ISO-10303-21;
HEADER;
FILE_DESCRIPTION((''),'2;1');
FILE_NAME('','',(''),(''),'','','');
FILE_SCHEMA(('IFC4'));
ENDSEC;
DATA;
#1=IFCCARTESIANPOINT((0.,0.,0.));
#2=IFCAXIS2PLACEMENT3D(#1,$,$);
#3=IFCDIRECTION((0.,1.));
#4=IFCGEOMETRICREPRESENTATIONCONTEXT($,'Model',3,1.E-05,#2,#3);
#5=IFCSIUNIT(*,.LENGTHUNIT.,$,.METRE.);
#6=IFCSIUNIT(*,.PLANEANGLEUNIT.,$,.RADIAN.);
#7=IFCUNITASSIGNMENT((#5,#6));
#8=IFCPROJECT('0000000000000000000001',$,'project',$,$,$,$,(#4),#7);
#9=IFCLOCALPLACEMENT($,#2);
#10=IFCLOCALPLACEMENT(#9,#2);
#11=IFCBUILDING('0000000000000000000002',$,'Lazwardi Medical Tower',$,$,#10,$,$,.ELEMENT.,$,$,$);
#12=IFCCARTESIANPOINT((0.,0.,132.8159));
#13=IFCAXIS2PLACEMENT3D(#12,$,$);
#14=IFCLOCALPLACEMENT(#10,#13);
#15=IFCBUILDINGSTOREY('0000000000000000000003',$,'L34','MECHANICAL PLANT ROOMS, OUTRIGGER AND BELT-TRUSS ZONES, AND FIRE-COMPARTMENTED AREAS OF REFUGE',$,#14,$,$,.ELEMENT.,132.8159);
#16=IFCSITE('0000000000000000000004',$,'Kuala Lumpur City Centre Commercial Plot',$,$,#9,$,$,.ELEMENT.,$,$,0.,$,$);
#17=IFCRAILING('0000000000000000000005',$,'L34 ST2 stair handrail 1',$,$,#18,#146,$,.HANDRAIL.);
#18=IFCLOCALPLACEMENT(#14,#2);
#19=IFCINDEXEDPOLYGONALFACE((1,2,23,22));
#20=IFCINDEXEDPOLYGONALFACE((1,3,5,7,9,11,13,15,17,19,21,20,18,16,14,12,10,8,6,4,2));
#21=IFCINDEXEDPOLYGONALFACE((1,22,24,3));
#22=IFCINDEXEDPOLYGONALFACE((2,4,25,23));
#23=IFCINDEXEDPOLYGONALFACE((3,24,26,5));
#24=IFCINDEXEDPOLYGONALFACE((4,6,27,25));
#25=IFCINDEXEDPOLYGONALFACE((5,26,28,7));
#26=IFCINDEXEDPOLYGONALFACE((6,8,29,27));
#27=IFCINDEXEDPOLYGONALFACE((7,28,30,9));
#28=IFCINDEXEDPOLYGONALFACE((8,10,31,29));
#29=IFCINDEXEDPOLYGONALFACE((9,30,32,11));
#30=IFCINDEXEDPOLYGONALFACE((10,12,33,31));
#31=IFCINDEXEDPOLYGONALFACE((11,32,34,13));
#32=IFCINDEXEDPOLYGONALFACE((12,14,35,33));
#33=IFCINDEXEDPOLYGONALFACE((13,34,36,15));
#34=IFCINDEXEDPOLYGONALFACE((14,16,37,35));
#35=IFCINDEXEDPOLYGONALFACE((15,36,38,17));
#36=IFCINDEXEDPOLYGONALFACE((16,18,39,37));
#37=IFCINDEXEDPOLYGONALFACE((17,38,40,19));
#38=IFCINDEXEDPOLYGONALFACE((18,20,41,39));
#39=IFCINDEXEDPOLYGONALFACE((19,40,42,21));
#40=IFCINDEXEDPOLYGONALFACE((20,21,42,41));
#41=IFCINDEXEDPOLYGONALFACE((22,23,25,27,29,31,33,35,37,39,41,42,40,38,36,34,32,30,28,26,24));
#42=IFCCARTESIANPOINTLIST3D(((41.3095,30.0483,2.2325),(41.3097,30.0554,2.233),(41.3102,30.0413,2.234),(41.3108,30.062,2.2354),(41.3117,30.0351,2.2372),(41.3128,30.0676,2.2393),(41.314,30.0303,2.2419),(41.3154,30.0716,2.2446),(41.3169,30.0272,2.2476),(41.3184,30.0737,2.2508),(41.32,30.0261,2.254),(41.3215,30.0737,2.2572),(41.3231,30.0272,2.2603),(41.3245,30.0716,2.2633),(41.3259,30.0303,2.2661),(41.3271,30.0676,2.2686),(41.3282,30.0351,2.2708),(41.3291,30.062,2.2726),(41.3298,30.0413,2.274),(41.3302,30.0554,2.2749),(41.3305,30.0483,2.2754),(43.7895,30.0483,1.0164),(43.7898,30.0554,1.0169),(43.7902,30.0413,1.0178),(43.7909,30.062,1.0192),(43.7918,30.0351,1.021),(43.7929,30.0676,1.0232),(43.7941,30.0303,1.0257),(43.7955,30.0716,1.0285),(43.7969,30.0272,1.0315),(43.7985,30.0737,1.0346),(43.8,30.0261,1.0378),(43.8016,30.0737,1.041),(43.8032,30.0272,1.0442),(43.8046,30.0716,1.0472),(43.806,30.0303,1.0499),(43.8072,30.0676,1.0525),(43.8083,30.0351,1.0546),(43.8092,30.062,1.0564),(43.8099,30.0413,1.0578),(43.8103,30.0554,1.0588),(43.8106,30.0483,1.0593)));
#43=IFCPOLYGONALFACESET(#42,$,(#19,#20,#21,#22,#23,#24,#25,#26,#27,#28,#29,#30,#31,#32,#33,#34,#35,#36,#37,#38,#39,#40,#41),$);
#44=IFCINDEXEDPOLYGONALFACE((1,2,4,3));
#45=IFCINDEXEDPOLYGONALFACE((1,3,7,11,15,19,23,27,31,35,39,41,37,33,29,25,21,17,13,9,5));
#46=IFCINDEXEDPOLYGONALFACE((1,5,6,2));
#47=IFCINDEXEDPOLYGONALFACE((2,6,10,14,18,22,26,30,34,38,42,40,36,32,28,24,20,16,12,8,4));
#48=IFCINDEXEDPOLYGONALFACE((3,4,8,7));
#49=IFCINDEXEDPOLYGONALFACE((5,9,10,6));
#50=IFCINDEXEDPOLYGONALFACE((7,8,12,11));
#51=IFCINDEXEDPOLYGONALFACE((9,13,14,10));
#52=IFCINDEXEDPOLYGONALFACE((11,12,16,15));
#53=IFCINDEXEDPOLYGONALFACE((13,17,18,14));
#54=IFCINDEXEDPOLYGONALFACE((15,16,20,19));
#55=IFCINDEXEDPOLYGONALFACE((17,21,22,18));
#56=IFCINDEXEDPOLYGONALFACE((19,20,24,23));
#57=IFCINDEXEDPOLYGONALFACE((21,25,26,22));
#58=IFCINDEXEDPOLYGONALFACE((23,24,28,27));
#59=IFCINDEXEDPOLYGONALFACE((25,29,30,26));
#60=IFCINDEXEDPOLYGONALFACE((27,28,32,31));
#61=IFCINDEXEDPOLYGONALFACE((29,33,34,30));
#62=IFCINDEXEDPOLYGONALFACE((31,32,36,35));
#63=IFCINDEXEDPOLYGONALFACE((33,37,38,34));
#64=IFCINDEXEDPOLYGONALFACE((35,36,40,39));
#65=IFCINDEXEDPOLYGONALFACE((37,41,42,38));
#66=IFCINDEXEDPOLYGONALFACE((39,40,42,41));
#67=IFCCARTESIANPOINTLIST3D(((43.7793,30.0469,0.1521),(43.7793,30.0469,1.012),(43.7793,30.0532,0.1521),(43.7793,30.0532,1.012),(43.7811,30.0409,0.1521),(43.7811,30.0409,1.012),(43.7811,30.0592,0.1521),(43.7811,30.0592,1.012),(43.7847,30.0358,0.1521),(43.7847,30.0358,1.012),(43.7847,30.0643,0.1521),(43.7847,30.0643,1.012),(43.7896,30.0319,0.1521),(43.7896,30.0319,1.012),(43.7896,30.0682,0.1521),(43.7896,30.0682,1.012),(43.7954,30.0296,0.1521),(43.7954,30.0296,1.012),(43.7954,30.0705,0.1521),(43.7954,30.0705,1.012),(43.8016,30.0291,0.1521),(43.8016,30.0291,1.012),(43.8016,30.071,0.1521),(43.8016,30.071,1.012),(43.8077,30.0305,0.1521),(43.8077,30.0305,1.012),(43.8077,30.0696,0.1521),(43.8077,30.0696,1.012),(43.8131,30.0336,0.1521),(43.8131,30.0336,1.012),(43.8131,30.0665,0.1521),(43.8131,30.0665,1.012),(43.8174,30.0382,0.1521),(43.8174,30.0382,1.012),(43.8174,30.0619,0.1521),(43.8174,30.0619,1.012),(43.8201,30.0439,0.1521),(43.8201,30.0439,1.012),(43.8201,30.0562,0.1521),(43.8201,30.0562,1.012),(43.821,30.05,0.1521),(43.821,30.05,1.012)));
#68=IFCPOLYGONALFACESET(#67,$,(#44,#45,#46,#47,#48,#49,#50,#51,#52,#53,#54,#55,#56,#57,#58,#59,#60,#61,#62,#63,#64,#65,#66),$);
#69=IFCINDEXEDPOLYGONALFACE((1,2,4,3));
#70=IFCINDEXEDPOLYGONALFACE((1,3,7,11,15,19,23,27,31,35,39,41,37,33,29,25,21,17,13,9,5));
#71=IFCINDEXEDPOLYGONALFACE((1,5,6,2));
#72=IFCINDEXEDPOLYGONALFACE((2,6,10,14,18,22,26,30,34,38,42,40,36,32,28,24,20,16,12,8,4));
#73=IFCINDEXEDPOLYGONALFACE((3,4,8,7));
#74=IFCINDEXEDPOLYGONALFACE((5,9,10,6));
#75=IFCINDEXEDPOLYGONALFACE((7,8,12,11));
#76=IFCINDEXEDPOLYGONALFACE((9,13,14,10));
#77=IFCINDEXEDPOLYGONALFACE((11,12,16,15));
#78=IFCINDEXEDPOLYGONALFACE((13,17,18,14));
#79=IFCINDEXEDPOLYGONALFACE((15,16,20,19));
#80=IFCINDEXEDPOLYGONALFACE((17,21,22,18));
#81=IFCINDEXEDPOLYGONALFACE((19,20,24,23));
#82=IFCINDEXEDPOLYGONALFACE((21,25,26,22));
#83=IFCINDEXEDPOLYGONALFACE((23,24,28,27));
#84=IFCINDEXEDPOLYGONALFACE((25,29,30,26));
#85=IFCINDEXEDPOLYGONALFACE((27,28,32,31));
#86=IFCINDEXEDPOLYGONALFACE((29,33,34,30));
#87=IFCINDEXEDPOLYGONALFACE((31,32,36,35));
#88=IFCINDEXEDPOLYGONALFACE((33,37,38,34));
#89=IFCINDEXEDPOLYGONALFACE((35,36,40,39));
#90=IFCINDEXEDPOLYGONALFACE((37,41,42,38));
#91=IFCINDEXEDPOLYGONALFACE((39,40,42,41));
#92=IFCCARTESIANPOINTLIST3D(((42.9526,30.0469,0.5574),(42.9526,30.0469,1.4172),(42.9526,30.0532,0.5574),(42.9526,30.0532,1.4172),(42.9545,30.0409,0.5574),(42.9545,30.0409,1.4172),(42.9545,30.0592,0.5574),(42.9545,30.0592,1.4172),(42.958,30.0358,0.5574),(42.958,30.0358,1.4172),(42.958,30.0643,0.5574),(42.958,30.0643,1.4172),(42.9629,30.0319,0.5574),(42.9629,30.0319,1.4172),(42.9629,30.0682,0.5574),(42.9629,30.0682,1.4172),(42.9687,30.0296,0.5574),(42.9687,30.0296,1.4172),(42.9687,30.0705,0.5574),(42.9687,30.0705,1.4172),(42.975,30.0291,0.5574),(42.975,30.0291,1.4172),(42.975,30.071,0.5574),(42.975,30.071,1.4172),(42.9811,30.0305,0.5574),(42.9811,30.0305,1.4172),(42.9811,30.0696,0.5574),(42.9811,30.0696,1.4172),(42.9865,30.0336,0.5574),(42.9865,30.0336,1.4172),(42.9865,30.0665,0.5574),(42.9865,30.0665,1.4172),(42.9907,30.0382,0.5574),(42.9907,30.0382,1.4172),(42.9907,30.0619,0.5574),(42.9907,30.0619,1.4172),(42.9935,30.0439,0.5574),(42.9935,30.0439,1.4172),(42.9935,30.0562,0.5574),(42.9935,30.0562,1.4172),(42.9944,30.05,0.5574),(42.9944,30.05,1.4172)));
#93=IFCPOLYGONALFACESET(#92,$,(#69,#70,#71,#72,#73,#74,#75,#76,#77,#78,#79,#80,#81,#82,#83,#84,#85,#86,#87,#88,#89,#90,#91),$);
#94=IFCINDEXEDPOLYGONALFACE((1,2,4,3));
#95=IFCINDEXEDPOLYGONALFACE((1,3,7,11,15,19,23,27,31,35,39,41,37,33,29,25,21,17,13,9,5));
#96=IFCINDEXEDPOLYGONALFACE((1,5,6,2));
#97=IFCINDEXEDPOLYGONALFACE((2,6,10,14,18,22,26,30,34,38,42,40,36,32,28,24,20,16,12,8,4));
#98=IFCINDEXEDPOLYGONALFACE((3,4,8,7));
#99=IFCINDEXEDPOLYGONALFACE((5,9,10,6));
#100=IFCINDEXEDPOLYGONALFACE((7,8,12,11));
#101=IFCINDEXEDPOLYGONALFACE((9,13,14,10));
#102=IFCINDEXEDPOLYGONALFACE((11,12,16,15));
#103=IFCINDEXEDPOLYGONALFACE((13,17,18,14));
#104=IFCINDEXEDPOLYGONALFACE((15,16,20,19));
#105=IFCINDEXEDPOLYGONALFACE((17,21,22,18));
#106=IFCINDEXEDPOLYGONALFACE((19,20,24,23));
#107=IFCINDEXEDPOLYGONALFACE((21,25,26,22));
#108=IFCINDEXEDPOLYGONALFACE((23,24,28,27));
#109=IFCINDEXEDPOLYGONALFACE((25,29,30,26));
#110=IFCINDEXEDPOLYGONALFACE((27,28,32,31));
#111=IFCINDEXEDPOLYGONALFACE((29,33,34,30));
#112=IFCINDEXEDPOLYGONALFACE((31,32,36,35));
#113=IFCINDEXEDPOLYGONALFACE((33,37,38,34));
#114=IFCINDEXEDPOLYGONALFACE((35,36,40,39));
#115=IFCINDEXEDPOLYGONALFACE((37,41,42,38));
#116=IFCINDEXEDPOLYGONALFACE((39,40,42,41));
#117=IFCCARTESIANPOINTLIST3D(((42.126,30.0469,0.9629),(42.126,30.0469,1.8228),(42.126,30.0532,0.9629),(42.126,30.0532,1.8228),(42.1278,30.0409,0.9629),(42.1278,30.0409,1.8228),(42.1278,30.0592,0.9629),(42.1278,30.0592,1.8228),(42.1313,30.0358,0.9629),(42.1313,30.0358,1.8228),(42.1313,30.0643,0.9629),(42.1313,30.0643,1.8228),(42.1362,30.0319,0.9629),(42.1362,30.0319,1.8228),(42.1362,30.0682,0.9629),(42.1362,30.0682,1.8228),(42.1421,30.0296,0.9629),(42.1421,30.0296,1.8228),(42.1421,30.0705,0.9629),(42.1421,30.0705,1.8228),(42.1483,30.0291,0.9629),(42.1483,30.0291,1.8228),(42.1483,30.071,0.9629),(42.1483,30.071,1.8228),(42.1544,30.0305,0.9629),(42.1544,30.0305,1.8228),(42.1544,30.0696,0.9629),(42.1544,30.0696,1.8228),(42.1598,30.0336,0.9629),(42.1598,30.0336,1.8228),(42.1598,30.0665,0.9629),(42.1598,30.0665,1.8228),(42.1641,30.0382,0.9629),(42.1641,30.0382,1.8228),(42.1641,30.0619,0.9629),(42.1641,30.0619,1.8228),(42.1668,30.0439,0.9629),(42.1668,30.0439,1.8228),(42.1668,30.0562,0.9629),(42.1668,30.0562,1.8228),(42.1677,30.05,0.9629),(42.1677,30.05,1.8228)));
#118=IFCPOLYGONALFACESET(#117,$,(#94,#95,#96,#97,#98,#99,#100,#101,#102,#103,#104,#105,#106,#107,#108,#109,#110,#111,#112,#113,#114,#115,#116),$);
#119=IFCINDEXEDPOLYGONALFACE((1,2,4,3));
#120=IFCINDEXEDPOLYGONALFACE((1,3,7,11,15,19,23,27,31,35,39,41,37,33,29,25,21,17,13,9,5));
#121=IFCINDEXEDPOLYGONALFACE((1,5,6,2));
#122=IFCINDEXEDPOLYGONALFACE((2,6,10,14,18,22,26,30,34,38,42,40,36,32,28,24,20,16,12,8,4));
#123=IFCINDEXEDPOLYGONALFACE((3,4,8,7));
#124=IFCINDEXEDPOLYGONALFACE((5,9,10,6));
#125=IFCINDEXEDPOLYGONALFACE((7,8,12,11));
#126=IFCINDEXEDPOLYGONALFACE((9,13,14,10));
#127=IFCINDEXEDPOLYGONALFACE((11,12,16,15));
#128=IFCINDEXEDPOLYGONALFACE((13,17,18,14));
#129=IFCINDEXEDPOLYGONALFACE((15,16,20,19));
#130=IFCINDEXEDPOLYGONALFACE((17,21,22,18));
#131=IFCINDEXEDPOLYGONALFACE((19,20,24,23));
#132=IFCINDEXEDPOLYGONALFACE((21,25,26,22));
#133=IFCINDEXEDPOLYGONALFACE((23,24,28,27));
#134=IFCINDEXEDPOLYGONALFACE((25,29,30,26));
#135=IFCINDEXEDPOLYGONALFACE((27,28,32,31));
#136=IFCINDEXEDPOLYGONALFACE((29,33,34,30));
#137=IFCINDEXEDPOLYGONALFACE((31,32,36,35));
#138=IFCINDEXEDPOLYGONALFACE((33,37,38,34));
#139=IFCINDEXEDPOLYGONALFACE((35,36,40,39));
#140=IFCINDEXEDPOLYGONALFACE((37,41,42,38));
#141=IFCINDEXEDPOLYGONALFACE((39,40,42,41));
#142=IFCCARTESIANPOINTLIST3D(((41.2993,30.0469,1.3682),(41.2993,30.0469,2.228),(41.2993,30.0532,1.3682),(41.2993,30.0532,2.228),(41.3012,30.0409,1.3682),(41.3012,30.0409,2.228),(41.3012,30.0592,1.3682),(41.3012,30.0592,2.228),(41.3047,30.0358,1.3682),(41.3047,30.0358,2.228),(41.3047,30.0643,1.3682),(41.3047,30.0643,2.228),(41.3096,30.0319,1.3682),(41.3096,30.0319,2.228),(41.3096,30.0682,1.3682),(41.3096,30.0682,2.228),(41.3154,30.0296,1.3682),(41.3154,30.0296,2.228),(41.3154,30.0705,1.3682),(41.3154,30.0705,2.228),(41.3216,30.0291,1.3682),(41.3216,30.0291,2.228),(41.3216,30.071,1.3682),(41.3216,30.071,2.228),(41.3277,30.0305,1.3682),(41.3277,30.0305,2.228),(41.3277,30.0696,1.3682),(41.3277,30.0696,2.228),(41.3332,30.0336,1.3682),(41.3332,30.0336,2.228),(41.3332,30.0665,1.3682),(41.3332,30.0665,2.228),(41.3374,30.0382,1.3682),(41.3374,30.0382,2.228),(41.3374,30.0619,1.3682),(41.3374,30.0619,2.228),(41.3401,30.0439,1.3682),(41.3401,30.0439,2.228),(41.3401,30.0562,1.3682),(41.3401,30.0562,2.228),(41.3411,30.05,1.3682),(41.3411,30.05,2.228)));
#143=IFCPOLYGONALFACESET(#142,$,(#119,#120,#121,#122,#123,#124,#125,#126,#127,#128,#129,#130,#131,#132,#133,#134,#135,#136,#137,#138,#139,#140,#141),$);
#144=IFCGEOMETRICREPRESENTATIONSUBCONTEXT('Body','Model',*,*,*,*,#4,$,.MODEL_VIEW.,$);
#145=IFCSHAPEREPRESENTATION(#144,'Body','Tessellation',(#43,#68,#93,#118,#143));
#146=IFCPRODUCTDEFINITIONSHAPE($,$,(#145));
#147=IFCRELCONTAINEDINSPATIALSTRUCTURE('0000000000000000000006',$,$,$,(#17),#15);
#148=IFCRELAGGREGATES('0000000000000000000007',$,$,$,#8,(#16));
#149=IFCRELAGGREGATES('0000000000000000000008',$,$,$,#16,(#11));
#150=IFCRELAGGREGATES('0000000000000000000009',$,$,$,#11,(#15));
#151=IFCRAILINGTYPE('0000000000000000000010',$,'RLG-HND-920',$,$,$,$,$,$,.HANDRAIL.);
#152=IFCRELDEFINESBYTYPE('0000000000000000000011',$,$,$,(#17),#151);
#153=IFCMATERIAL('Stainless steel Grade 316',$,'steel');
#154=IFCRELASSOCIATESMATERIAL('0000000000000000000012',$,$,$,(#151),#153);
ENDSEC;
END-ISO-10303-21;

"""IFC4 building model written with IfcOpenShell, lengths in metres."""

from ifc_helpers import new_model, si_unit, direction, frame, origin, origin_2d, place, context, subcontext, project, spatial, circle, extrude, material, type_object, element, save


model = new_model("IFC4")

# Units and contexts
model_context = context("Model", 3, precision=1e-05, world=origin(), true_north=direction((0.0, 1.0)))
body_context = subcontext(model_context, "Body", "Model", "MODEL_VIEW")
ifc_project = project(units=[si_unit("LENGTHUNIT", "METRE"), si_unit("PLANEANGLEUNIT", "RADIAN")], contexts=[model_context])

# Site, building, storey
site_placement = place(None, origin())
site = spatial("IfcSite", under=ifc_project, at=site_placement, Name="Kuala Lumpur City Centre Commercial Plot", CompositionType="ELEMENT", RefElevation=0.0)
building_placement = place(site_placement, origin())
building = spatial("IfcBuilding", under=site, at=building_placement, Name="Lazwardi Medical Tower", CompositionType="ELEMENT")
storey_placement = place(building_placement, frame((0.0, 0.0, 132.8159)))
storey = spatial("IfcBuildingStorey", under=building, at=storey_placement, Name="L34", Description="MECHANICAL PLANT ROOMS, OUTRIGGER AND BELT-TRUSS ZONES, AND FIRE-COMPARTMENTED AREAS OF REFUGE", CompositionType="ELEMENT", Elevation=132.8159)

# Railing
ifc_material_1 = material(Name="Stainless steel Grade 316", Category="steel")
railing_type_1 = type_object("IfcRailingType", Name="RLG-HND-920", PredefinedType="HANDRAIL", material=ifc_material_1)
railing_1_placement = place(storey_placement, frame((43.8, 30.05, 0.1521)))
element("IfcRailing", 1, at=railing_1_placement, inside=storey, type_object=railing_type_1, Name="L34 ST2 stair handrail 1", PredefinedType="HANDRAIL", context=body_context, shape_type="SweptSolid", body=[
    extrude(circle(Radius=0.0239, at=origin_2d()), frame((0.0, 0.0, 0.8857), z_axis=(-0.897865, 0.0, 0.44027), x_axis=(0.0, -1.0, 0.0)), (0.0, 0.0, 1.0), 2.7622),
    extrude(circle(Radius=0.021, at=origin_2d()), origin(), (0.0, 0.0, 1.0), 0.8599),
    extrude(circle(Radius=0.021, at=origin_2d()), frame((-0.8267, 0.0, 0.4053)), (0.0, 0.0, 1.0), 0.8599),
    extrude(circle(Radius=0.021, at=origin_2d()), frame((-1.6533, 0.0, 0.8108)), (0.0, 0.0, 1.0), 0.8599),
    extrude(circle(Radius=0.021, at=origin_2d()), frame((-2.48, 0.0, 1.2161)), (0.0, 0.0, 1.0), 0.8599),
])

save(model, "model.ifc")
